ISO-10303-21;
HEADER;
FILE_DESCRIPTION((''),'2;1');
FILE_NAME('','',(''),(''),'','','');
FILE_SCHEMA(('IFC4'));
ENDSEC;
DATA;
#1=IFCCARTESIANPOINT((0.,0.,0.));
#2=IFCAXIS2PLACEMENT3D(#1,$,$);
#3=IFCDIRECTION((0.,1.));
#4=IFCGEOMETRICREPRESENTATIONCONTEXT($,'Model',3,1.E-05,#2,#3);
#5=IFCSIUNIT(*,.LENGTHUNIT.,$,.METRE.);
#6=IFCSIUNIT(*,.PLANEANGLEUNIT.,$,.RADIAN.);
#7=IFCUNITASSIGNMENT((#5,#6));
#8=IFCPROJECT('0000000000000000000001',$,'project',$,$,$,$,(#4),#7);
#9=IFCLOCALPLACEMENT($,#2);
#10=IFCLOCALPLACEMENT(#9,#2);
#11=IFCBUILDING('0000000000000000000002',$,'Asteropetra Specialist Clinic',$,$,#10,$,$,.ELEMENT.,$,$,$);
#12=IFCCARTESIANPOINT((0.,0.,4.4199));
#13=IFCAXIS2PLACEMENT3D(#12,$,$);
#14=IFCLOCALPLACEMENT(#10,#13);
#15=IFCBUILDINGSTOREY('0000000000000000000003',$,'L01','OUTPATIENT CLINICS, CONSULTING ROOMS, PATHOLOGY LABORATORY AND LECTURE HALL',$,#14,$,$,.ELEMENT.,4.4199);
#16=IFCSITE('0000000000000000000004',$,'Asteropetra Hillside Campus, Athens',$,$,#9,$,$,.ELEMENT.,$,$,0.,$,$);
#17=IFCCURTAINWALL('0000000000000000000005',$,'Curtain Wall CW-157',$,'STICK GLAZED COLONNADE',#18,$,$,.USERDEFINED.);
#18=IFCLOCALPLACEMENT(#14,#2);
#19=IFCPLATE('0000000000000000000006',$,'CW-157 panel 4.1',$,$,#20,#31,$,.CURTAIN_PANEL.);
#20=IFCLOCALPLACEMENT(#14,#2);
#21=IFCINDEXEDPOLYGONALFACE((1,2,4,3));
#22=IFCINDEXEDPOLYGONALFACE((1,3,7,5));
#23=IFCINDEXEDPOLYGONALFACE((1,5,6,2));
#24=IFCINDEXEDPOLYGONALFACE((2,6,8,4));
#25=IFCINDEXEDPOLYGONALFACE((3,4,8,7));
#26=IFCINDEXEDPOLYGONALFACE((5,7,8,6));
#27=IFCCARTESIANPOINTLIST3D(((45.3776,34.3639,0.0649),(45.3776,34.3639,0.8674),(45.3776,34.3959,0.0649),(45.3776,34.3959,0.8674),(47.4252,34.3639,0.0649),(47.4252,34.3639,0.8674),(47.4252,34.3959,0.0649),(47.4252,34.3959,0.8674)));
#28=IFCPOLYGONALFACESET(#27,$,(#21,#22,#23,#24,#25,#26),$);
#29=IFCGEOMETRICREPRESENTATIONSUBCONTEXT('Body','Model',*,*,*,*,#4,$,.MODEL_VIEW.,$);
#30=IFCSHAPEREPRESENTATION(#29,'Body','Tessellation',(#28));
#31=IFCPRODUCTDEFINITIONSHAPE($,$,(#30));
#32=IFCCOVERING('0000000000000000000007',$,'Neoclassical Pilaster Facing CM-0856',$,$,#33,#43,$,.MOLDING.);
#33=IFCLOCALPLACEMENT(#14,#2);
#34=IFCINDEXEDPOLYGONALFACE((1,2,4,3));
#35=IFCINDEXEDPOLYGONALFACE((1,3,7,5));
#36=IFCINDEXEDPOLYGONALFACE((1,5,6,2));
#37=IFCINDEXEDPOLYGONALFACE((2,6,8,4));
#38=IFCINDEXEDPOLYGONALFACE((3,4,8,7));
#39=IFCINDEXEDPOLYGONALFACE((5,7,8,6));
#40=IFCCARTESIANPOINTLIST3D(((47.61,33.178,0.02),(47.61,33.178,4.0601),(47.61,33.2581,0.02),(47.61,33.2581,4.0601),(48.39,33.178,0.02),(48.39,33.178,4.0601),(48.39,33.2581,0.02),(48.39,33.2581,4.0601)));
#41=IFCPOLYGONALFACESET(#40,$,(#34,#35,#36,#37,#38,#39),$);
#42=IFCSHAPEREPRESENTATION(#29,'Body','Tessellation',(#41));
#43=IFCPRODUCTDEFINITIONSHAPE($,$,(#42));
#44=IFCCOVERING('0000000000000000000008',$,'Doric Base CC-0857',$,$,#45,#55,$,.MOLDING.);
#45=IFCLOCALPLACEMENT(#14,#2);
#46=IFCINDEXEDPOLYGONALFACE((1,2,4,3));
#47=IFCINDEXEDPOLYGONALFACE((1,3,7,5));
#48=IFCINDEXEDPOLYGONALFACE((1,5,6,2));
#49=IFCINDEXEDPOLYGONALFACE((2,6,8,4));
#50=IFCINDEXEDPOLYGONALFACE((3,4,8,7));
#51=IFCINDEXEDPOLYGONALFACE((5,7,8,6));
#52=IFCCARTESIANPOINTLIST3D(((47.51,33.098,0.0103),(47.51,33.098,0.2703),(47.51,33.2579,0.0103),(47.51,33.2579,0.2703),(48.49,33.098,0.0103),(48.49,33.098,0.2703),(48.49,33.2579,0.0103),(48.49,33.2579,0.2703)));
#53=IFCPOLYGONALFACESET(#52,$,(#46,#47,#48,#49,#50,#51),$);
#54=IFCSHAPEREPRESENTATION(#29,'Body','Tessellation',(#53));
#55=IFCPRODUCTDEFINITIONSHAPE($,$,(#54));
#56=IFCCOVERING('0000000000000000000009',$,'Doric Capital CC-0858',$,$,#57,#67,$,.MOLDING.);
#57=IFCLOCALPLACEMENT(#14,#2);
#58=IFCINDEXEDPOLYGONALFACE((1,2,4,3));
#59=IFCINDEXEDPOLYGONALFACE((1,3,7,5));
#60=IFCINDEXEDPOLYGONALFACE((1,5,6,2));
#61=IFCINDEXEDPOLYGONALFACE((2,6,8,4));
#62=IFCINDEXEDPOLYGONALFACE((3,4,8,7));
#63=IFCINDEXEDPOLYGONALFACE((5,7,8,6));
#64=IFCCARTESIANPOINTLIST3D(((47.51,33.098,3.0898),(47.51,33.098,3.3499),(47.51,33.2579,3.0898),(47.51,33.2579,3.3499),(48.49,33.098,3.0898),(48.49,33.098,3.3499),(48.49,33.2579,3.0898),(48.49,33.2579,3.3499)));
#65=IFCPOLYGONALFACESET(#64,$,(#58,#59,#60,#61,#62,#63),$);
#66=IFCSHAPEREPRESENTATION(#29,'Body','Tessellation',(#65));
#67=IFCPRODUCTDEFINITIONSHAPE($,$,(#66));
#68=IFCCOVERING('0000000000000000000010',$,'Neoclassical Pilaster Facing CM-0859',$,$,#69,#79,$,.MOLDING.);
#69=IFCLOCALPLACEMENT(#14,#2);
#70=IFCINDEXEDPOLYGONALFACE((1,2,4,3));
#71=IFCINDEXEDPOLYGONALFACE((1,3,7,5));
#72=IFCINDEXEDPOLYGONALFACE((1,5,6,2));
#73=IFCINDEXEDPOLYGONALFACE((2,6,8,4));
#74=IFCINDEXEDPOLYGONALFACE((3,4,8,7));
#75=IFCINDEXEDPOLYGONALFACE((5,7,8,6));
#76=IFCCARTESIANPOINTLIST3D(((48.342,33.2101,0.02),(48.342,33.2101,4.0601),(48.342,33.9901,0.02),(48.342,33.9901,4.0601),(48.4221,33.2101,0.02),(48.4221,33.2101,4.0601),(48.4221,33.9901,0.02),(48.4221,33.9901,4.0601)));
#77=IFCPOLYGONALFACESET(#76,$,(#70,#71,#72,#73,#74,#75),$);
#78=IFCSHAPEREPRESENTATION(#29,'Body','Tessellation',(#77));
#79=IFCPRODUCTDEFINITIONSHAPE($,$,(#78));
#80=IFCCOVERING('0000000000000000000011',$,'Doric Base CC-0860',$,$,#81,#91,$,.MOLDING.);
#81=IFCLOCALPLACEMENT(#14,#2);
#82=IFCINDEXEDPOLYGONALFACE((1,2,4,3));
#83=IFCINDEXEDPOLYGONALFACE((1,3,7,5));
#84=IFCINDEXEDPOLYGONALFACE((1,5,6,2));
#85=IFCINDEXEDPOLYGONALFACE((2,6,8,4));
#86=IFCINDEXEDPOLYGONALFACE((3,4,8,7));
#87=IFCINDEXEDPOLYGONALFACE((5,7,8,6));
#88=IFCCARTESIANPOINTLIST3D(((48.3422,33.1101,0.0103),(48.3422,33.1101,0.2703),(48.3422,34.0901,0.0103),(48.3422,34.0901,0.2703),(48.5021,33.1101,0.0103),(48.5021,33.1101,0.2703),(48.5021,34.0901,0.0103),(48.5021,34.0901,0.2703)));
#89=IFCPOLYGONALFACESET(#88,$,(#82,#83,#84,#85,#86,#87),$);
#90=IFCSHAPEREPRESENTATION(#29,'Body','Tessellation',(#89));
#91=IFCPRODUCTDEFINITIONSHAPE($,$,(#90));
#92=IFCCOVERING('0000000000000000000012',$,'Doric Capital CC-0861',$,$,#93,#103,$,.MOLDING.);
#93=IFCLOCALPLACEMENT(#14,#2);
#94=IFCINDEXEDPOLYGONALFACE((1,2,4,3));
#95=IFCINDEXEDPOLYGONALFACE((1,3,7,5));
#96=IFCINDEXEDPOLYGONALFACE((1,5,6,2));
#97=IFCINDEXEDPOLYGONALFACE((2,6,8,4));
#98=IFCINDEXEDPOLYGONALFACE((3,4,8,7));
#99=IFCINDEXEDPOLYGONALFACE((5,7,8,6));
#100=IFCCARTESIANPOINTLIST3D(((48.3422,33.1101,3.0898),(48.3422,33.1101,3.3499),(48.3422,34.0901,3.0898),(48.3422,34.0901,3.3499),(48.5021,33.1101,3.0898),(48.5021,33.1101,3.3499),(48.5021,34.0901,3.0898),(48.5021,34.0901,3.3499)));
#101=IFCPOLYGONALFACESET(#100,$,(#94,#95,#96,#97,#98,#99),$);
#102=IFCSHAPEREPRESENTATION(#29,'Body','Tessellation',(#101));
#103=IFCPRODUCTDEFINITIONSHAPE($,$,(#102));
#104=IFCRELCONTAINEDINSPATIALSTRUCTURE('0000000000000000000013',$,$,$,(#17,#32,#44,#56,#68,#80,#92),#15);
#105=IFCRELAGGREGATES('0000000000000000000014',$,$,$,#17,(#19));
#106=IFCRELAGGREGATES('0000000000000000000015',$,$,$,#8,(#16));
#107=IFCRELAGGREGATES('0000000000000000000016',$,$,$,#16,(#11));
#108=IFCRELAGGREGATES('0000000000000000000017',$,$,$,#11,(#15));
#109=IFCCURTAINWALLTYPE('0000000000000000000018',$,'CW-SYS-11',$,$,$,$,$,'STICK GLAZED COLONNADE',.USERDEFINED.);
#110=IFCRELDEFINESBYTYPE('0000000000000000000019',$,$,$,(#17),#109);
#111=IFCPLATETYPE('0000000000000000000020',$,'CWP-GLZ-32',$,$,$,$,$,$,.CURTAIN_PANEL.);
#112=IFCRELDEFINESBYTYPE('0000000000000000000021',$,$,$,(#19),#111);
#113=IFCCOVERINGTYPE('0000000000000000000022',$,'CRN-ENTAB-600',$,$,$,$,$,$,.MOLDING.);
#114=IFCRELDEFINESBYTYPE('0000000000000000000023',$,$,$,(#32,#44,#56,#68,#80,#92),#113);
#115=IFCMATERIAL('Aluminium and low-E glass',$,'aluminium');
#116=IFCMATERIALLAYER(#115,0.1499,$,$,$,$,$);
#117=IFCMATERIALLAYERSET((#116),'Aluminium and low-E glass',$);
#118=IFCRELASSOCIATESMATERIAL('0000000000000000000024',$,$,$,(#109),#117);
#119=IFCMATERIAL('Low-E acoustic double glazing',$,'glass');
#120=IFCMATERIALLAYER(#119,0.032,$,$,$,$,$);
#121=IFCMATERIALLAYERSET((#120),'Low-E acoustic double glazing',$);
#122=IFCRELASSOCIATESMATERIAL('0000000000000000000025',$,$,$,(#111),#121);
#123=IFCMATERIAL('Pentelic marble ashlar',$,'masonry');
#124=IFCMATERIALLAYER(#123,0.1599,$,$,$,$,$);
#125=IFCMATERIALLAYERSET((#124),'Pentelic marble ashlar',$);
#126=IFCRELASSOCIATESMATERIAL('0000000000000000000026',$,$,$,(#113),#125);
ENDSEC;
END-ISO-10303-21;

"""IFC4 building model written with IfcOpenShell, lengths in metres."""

from ifc_helpers import new_model, si_unit, direction, frame, origin, origin_2d, place, context, subcontext, project, spatial, rectangle, extrude, material, layer, layer_set, type_object, element, aggregate, save


model = new_model("IFC4")

# Units and contexts
model_context = context("Model", 3, precision=1e-05, world=origin(), true_north=direction((0.0, 1.0)))
body_context = subcontext(model_context, "Body", "Model", "MODEL_VIEW")
ifc_project = project(units=[si_unit("LENGTHUNIT", "METRE"), si_unit("PLANEANGLEUNIT", "RADIAN")], contexts=[model_context])

# Site, building, storey
site_placement = place(None, origin())
site = spatial("IfcSite", under=ifc_project, at=site_placement, Name="Asteropetra Hillside Campus, Athens", CompositionType="ELEMENT", RefElevation=0.0)
building_placement = place(site_placement, origin())
building = spatial("IfcBuilding", under=site, at=building_placement, Name="Asteropetra Specialist Clinic", CompositionType="ELEMENT")
storey_placement = place(building_placement, frame((0.0, 0.0, 4.4199)))
storey = spatial("IfcBuildingStorey", under=building, at=storey_placement, Name="L01", Description="OUTPATIENT CLINICS, CONSULTING ROOMS, PATHOLOGY LABORATORY AND LECTURE HALL", CompositionType="ELEMENT", Elevation=4.4199)

# Curtain wall
ifc_material_1 = material(Name="Aluminium and low-E glass", Category="aluminium")
ifc_layer_1 = layer(ifc_material_1, 0.1499)
ifc_layer_set_1 = layer_set([ifc_layer_1], Name="Aluminium and low-E glass")
curtain_wall_type = type_object("IfcCurtainWallType", Name="CW-SYS-11", ElementType="STICK GLAZED COLONNADE", PredefinedType="USERDEFINED", material=ifc_layer_set_1)
curtain_wall_1_placement = place(storey_placement, origin())
curtain_wall_1 = element("IfcCurtainWall", 1, at=curtain_wall_1_placement, inside=storey, type_object=curtain_wall_type, Name="Curtain Wall CW-157", ObjectType="STICK GLAZED COLONNADE", PredefinedType="USERDEFINED")

# Plate
ifc_material_2 = material(Name="Low-E acoustic double glazing", Category="glass")
ifc_layer_2 = layer(ifc_material_2, 0.032)
ifc_layer_set_2 = layer_set([ifc_layer_2], Name="Low-E acoustic double glazing")
plate_type = type_object("IfcPlateType", Name="CWP-GLZ-32", PredefinedType="CURTAIN_PANEL", material=ifc_layer_set_2)
plate_1_placement = place(storey_placement, frame((46.4014, 34.3799, 0.0649), z_axis=(0.0, 0.0, 1.0), x_axis=(1.0, 0.0, 0.0)))
plate_1 = element("IfcPlate", 2, at=plate_1_placement, type_object=plate_type, Name="CW-157 panel 4.1", PredefinedType="CURTAIN_PANEL", context=body_context, shape_type="SweptSolid", body=[
    extrude(rectangle(XDim=2.0476, YDim=0.032, at=origin_2d()), origin(), (0.0, 0.0, 1.0), 0.8025),
])
aggregate(curtain_wall_1, [plate_1])

# Coverings
ifc_material_3 = material(Name="Pentelic marble ashlar", Category="masonry")
ifc_layer_3 = layer(ifc_material_3, 0.1599)
ifc_layer_set_3 = layer_set([ifc_layer_3], Name="Pentelic marble ashlar")
covering_type = type_object("IfcCoveringType", Name="CRN-ENTAB-600", PredefinedType="MOLDING", material=ifc_layer_set_3)
covering_1_placement = place(storey_placement, frame((48.0, 33.218, 0.02), z_axis=(0.0, 0.0, 1.0), x_axis=(1.0, 0.0, 0.0)))
element("IfcCovering", 3, at=covering_1_placement, inside=storey, type_object=covering_type, Name="Neoclassical Pilaster Facing CM-0856", PredefinedType="MOLDING", context=body_context, shape_type="SweptSolid", body=[
    extrude(rectangle(XDim=0.78, YDim=0.0801, at=origin_2d()), origin(), (0.0, 0.0, 1.0), 4.04),
])
for number, where, z_axis, x_axis, name in (
    (4, (48.0, 33.178, 0.0103), (0.0, 0.0, 1.0), (1.0, 0.0, 0.0), "Doric Base CC-0857"),
    (5, (48.0, 33.178, 3.0898), (0.0, 0.0, 1.0), (1.0, 0.0, 0.0), "Doric Capital CC-0858"),
):
    element("IfcCovering", number, at=place(storey_placement, frame(where, z_axis=z_axis, x_axis=x_axis)), inside=storey, type_object=covering_type, Name=name, PredefinedType="MOLDING", context=body_context, shape_type="SweptSolid", body=[
        extrude(rectangle(XDim=0.98, YDim=0.1599, at=origin_2d()), origin(), (0.0, 0.0, 1.0), 0.26),
    ])
covering_2_placement = place(storey_placement, frame((48.3821, 33.6001, 0.02), z_axis=(0.0, 0.0, 1.0), x_axis=(1.0, 0.0, 0.0)))
element("IfcCovering", 6, at=covering_2_placement, inside=storey, type_object=covering_type, Name="Neoclassical Pilaster Facing CM-0859", PredefinedType="MOLDING", context=body_context, shape_type="SweptSolid", body=[
    extrude(rectangle(XDim=0.0801, YDim=0.78, at=origin_2d()), origin(), (0.0, 0.0, 1.0), 4.04),
])
for number, where, z_axis, x_axis, name in (
    (7, (48.4221, 33.6001, 0.0103), (0.0, 0.0, 1.0), (1.0, 0.0, 0.0), "Doric Base CC-0860"),
    (8, (48.4221, 33.6001, 3.0898), (0.0, 0.0, 1.0), (1.0, 0.0, 0.0), "Doric Capital CC-0861"),
):
    element("IfcCovering", number, at=place(storey_placement, frame(where, z_axis=z_axis, x_axis=x_axis)), inside=storey, type_object=covering_type, Name=name, PredefinedType="MOLDING", context=body_context, shape_type="SweptSolid", body=[
        extrude(rectangle(XDim=0.1599, YDim=0.98, at=origin_2d()), origin(), (0.0, 0.0, 1.0), 0.26),
    ])

save(model, "model.ifc")
